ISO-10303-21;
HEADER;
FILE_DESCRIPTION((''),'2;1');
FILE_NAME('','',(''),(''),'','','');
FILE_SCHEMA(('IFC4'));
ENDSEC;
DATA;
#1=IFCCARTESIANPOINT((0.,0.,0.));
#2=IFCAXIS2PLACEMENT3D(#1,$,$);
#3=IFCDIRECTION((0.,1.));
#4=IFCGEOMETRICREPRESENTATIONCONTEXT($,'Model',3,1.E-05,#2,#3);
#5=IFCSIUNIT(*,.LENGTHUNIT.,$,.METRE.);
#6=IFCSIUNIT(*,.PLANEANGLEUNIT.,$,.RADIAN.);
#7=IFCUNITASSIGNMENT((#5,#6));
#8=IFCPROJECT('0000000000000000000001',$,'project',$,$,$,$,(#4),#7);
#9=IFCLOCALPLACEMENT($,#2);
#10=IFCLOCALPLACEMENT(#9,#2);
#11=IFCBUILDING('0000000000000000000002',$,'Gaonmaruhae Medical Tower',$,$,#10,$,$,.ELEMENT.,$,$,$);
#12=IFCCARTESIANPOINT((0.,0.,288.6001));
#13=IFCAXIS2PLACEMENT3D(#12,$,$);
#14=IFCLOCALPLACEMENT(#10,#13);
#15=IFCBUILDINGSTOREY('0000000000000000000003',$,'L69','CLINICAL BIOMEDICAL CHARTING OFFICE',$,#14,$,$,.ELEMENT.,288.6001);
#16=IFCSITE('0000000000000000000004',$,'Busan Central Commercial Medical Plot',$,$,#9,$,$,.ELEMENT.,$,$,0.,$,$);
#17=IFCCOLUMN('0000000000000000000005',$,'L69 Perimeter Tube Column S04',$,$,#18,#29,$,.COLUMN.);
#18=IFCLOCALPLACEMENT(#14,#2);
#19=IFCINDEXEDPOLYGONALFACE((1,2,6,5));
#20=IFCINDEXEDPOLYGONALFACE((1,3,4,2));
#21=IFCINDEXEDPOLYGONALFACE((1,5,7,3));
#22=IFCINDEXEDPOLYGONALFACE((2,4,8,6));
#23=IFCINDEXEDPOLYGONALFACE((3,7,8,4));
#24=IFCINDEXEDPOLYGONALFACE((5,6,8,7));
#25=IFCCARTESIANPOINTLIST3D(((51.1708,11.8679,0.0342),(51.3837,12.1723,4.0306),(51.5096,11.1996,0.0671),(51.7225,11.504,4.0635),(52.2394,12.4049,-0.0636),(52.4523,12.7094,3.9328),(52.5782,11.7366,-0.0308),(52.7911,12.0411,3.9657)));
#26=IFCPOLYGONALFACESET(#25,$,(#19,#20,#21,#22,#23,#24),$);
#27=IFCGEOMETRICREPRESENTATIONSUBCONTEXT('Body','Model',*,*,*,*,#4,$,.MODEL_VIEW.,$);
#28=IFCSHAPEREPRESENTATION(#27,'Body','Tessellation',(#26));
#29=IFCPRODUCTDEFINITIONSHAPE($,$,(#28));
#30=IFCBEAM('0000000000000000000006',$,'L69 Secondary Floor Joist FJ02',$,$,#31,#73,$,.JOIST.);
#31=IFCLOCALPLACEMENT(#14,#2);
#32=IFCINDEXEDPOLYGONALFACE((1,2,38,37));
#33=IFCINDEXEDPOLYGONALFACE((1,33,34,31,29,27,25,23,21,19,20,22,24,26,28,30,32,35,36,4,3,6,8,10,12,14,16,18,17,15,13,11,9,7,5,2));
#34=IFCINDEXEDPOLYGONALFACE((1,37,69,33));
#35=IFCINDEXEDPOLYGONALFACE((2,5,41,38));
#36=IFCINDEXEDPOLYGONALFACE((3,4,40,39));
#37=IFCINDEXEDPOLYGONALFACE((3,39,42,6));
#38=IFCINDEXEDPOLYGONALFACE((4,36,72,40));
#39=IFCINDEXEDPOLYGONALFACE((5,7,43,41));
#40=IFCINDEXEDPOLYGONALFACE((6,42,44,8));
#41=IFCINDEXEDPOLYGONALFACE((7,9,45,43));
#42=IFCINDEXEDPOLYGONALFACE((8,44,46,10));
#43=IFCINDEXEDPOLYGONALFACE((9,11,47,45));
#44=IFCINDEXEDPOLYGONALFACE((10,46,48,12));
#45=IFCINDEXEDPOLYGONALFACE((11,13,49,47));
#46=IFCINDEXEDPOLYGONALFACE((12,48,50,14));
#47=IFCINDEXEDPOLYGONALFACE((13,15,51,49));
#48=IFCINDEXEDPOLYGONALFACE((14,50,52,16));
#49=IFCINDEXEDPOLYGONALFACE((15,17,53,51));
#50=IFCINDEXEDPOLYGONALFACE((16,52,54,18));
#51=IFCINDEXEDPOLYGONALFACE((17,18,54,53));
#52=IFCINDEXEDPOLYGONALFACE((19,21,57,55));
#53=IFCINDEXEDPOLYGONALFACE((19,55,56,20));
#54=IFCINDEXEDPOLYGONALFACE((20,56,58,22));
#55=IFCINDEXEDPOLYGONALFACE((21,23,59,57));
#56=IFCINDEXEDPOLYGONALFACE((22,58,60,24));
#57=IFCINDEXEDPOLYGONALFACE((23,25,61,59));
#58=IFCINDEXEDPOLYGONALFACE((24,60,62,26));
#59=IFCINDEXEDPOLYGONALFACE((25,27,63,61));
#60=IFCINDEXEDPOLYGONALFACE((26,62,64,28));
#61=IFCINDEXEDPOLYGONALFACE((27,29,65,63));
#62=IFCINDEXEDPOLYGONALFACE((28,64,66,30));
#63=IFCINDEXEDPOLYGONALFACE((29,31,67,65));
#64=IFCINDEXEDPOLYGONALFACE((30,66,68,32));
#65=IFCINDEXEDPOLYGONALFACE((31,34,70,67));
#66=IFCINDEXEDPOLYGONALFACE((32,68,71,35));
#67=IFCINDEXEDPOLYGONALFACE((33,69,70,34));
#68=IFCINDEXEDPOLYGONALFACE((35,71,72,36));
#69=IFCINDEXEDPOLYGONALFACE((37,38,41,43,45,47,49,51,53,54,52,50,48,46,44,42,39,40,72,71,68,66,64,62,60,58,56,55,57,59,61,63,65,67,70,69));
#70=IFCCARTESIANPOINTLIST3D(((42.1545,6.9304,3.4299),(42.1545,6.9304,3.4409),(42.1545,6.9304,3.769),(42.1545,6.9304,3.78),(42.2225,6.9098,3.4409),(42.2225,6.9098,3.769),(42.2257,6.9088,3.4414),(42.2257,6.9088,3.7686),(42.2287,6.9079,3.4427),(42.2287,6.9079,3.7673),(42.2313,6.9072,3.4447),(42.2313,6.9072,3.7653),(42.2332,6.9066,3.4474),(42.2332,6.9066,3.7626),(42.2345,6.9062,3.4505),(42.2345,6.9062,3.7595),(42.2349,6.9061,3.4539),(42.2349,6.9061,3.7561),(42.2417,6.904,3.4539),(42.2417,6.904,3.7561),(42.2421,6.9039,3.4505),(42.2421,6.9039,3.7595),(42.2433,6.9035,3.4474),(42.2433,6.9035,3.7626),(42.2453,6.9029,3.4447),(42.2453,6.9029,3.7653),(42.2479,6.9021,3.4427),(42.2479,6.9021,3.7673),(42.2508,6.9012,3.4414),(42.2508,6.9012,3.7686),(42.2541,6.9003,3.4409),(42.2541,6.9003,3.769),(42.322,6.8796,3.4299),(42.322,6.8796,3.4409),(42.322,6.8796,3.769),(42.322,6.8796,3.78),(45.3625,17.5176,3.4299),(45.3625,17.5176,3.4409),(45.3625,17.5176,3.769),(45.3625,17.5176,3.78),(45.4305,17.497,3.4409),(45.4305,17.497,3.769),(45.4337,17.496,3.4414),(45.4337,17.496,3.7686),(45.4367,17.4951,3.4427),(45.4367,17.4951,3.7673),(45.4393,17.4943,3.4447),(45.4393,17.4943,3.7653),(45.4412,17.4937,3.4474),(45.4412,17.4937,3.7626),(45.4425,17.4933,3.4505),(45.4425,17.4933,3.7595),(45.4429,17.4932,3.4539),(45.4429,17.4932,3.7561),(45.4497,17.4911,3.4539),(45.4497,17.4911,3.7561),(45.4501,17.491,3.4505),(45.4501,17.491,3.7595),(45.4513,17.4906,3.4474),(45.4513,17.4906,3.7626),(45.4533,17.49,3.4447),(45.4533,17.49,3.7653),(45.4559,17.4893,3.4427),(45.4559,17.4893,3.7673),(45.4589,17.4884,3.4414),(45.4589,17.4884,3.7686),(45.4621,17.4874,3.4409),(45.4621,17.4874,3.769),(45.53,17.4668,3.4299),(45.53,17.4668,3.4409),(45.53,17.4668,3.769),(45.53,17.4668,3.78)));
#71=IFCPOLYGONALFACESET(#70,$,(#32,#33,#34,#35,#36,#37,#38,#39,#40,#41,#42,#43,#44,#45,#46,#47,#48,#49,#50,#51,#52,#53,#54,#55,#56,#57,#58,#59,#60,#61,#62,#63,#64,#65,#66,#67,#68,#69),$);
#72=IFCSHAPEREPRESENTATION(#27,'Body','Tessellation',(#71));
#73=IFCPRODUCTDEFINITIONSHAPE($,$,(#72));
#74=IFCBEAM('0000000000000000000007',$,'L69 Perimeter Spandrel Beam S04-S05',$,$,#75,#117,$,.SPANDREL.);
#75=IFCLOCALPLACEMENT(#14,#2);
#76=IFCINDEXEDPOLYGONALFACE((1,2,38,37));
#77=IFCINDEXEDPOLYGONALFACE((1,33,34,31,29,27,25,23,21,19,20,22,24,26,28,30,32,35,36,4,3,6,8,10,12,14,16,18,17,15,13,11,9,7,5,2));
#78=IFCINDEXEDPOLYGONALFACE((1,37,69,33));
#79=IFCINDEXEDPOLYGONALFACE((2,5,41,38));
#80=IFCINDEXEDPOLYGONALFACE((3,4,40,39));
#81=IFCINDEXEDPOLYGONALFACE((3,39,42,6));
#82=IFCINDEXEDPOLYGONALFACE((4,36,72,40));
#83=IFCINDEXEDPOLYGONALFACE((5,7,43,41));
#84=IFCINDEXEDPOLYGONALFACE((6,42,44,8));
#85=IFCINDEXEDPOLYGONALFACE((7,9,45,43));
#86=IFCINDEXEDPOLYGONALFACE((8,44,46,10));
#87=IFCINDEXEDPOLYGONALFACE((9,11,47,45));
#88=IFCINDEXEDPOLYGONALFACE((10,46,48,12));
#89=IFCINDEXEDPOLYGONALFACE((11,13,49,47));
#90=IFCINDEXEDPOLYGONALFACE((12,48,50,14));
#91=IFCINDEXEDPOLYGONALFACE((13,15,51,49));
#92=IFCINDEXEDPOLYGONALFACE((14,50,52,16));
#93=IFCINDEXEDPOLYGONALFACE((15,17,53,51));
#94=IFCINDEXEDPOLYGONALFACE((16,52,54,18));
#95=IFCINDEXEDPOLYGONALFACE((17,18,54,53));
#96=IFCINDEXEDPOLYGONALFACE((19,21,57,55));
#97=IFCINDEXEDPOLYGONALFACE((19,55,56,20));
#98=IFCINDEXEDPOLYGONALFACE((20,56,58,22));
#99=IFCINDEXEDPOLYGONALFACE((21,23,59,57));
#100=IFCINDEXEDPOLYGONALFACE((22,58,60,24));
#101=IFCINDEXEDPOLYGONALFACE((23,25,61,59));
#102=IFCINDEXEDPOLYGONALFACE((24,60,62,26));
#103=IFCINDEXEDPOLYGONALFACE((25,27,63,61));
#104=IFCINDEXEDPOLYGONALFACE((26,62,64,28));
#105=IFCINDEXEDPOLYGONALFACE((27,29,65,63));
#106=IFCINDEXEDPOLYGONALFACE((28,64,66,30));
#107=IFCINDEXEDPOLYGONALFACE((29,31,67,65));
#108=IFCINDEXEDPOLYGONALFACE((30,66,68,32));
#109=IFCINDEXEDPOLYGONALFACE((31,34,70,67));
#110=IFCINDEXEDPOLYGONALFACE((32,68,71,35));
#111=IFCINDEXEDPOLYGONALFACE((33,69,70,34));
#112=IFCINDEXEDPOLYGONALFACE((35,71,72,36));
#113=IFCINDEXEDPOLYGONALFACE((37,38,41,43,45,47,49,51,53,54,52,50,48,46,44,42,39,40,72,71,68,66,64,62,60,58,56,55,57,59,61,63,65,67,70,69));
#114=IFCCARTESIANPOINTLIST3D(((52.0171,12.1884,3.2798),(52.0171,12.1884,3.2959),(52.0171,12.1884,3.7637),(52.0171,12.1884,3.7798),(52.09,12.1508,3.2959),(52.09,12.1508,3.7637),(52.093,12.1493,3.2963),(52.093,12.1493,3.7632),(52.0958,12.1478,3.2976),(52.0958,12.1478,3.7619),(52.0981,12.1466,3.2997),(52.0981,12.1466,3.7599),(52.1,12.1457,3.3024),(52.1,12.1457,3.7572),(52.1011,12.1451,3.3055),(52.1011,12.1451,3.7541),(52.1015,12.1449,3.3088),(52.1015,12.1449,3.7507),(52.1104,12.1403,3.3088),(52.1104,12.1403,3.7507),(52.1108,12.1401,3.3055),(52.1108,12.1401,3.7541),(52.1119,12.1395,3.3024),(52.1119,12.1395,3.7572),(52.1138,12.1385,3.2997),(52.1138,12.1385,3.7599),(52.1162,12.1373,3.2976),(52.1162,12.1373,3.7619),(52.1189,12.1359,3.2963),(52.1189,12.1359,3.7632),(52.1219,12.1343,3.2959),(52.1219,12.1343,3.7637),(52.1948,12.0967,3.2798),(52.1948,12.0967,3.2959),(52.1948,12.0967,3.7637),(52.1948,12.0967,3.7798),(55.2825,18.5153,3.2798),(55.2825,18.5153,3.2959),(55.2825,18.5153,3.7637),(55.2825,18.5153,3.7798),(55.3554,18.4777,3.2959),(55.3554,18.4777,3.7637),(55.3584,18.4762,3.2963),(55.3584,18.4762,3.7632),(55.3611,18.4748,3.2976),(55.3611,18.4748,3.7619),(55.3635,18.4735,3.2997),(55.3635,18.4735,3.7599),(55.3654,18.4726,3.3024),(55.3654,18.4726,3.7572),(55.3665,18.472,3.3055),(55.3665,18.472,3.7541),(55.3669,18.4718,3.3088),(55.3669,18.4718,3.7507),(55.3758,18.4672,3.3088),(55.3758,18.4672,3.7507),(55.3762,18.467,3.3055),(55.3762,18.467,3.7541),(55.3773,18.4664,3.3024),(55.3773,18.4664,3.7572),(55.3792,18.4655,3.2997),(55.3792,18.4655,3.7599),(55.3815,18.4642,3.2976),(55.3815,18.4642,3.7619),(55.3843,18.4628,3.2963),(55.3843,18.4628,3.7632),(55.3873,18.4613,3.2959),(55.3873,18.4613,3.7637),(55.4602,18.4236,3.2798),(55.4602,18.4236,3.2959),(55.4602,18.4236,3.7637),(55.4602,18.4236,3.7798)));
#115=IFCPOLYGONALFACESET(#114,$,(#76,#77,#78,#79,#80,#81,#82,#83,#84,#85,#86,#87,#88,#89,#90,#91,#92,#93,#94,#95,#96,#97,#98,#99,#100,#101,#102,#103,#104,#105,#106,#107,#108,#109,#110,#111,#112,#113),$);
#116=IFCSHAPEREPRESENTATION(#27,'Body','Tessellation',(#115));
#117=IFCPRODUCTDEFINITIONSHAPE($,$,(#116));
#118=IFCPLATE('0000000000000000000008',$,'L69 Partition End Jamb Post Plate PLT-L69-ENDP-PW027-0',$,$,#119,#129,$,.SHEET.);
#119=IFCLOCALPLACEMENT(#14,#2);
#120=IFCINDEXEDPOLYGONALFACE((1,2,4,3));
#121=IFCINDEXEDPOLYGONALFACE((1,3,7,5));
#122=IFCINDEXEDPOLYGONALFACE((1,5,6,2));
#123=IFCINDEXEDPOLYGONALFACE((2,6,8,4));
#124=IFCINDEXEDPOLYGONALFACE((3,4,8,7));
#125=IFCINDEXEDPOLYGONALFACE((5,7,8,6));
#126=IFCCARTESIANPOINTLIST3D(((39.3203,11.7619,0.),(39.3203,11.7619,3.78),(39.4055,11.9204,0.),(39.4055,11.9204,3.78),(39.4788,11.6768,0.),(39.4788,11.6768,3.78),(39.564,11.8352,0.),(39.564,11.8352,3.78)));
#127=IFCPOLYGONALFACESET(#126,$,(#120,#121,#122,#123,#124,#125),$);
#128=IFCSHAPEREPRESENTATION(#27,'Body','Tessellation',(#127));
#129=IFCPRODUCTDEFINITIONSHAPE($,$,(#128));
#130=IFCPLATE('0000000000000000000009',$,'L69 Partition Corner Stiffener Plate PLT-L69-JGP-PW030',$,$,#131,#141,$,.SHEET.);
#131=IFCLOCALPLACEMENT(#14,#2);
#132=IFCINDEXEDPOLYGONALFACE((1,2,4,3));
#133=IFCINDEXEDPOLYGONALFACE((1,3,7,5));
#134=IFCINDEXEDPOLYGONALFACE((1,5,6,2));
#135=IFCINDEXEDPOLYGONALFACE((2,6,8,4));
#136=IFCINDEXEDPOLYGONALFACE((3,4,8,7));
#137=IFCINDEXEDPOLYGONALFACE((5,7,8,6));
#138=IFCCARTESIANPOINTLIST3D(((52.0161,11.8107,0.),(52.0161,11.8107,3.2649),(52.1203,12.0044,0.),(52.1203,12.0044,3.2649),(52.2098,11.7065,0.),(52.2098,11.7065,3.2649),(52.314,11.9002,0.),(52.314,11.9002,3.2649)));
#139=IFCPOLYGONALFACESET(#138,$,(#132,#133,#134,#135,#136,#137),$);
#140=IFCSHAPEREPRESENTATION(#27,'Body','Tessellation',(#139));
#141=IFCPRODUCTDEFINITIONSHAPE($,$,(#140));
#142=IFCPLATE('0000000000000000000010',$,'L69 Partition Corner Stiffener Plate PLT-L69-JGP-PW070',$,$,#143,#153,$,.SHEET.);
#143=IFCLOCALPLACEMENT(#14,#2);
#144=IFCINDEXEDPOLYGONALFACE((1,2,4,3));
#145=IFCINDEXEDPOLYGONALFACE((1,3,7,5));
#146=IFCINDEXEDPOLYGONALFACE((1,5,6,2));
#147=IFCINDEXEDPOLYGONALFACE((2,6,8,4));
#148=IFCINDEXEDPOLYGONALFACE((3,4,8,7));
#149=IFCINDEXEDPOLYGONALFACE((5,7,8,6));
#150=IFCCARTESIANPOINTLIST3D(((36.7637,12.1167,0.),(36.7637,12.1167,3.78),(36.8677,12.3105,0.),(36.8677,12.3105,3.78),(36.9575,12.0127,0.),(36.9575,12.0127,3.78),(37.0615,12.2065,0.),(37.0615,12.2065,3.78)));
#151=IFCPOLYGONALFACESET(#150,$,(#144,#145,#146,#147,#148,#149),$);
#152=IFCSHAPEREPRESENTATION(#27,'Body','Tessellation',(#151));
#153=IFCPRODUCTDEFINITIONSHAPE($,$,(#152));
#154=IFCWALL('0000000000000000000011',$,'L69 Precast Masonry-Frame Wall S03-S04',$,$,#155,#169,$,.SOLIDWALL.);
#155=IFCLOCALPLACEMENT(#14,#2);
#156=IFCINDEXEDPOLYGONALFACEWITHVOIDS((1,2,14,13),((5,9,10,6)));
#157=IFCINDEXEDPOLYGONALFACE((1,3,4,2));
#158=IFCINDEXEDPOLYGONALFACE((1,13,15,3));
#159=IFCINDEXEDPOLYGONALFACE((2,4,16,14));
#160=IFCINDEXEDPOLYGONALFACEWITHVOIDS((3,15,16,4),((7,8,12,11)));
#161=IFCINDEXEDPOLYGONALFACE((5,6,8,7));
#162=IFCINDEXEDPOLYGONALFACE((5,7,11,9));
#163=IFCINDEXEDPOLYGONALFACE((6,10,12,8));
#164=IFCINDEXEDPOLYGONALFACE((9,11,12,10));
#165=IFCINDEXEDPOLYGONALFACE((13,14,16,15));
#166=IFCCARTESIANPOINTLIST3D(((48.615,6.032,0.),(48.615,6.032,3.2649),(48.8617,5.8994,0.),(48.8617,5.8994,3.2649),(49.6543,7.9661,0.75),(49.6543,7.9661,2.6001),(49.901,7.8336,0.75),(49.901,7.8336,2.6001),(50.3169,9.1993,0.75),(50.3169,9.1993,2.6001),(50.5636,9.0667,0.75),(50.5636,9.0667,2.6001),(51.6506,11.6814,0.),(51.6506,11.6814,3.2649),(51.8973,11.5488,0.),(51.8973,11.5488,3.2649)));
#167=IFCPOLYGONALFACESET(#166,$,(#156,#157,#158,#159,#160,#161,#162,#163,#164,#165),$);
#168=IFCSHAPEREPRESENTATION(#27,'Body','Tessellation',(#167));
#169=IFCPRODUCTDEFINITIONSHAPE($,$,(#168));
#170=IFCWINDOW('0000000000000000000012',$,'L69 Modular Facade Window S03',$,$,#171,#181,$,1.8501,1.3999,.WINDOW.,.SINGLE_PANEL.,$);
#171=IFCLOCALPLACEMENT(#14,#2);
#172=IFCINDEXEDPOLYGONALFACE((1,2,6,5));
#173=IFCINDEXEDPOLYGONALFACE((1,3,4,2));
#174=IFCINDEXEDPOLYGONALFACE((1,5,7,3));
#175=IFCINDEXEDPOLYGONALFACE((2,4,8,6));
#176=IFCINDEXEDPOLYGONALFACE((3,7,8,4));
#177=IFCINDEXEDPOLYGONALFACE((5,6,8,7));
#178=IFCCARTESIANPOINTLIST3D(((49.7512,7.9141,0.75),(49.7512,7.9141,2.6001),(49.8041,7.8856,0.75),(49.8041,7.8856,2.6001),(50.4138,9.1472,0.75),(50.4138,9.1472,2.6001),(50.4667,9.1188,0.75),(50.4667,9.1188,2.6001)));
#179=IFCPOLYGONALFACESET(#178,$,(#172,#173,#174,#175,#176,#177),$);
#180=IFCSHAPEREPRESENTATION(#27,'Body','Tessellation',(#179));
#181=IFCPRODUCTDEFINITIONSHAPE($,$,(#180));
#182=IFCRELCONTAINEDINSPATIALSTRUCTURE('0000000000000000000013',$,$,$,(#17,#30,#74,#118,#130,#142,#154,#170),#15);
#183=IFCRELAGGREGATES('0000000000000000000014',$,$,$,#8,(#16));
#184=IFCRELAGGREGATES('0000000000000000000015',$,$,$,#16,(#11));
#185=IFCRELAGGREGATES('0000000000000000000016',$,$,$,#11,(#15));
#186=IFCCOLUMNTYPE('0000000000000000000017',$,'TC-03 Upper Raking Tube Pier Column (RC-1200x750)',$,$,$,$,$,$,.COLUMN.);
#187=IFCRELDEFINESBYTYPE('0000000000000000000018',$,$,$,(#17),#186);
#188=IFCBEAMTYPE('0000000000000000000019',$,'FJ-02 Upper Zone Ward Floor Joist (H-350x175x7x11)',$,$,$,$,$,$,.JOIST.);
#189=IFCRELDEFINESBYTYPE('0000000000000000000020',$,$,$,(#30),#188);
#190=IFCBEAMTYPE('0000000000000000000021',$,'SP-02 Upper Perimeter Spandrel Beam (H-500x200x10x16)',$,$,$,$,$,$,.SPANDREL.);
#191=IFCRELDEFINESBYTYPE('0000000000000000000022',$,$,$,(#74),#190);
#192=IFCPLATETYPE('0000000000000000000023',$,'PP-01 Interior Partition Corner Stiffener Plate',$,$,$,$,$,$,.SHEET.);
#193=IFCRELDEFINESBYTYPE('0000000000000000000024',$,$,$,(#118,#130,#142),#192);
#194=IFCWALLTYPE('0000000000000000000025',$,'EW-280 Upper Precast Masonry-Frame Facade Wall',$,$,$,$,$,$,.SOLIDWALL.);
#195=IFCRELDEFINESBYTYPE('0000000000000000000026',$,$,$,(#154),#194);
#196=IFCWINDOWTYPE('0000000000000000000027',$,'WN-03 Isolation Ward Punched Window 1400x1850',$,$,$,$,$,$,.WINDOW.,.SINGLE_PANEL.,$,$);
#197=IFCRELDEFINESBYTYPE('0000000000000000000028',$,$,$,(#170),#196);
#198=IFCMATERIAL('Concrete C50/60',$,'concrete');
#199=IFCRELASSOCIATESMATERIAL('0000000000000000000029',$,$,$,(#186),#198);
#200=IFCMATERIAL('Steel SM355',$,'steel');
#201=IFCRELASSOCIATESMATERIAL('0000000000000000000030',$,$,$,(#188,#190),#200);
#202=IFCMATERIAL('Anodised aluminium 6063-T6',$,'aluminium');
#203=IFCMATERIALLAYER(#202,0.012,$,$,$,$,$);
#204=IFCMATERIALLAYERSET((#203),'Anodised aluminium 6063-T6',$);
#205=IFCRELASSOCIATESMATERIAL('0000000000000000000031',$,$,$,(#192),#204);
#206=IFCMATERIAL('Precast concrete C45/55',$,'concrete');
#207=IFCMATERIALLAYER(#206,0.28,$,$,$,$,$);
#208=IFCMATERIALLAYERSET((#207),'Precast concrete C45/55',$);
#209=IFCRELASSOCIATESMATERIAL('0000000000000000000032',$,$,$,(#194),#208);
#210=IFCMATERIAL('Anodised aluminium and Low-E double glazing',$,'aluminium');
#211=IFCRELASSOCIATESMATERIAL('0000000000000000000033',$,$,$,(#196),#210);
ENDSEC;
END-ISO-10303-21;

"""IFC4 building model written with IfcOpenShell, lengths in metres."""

from ifc_helpers import new_model, si_unit, direction, frame, frame_2d, origin, origin_2d, place, context, subcontext, project, spatial, rectangle, i_section, extrude, material, layer, layer_set, material_profile, profile_set, type_object, element, fill, save


model = new_model("IFC4")

# Units and contexts
model_context = context("Model", 3, precision=1e-05, world=origin(), true_north=direction((0.0, 1.0)))
body_context = subcontext(model_context, "Body", "Model", "MODEL_VIEW")
ifc_project = project(units=[si_unit("LENGTHUNIT", "METRE"), si_unit("PLANEANGLEUNIT", "RADIAN")], contexts=[model_context])

# Site, building, storey
site_placement = place(None, origin())
site = spatial("IfcSite", under=ifc_project, at=site_placement, Name="Busan Central Commercial Medical Plot", CompositionType="ELEMENT", RefElevation=0.0)
building_placement = place(site_placement, origin())
building = spatial("IfcBuilding", under=site, at=building_placement, Name="Gaonmaruhae Medical Tower", CompositionType="ELEMENT")
storey_placement = place(building_placement, frame((0.0, 0.0, 288.6001)))
storey = spatial("IfcBuildingStorey", under=building, at=storey_placement, Name="L69", Description="CLINICAL BIOMEDICAL CHARTING OFFICE", CompositionType="ELEMENT", Elevation=288.6001)

# Column
ifc_material_1 = material(Name="Concrete C50/60", Category="concrete")
ifc_material_profile_1 = material_profile(ifc_material_1, rectangle(XDim=1.2, YDim=0.75, at=origin_2d()), Name="RC-1200x750")
ifc_profile_set_1 = profile_set([ifc_material_profile_1], Name="Concrete C50/60")
column_type = type_object("IfcColumnType", Name="TC-03 Upper Raking Tube Pier Column (RC-1200x750)", PredefinedType="COLUMN", material=ifc_profile_set_1)
column_placement = place(storey_placement, frame((51.8745, 11.8022, 0.0017), z_axis=(0.053043, 0.075854, 0.995707), x_axis=(-0.890531, -0.447556, 0.081535)))
element("IfcColumn", 1, at=column_placement, inside=storey, type_object=column_type, Name="L69 Perimeter Tube Column S04", PredefinedType="COLUMN", context=body_context, shape_type="SweptSolid", body=[
    extrude(rectangle(XDim=1.2, YDim=0.75, at=origin_2d()), origin(), (0.0, 0.0, 1.0), 4.0137),
])

# Beams
ifc_material_2 = material(Name="Steel SM355", Category="steel")
ifc_material_profile_2 = material_profile(ifc_material_2, i_section(OverallWidth=0.175, OverallDepth=0.3501, WebThickness=0.0071, FlangeThickness=0.011, FilletRadius=0.0129, at=origin_2d()), Name="H-350x175x7x11")
ifc_profile_set_2 = profile_set([ifc_material_profile_2], Name="Steel SM355")
beam_type_1 = type_object("IfcBeamType", Name="FJ-02 Upper Zone Ward Floor Joist (H-350x175x7x11)", PredefinedType="JOIST", material=ifc_profile_set_2)
beam_1_placement = place(storey_placement, frame((42.2383, 6.905, 3.605), z_axis=(0.289989, 0.95703, 0.0), x_axis=(-0.95703, 0.289989, 0.0)))
element("IfcBeam", 2, at=beam_1_placement, inside=storey, type_object=beam_type_1, Name="L69 Secondary Floor Joist FJ02", PredefinedType="JOIST", context=body_context, shape_type="SweptSolid", body=[
    extrude(i_section(OverallWidth=0.175, OverallDepth=0.3501, WebThickness=0.0071, FlangeThickness=0.011, FilletRadius=0.0129, at=origin_2d()), origin(), (0.0, 0.0, 1.0), 11.0625),
])
ifc_material_profile_3 = material_profile(ifc_material_2, i_section(OverallWidth=0.2, OverallDepth=0.5, WebThickness=0.01, FlangeThickness=0.0161, FilletRadius=0.0129, at=origin_2d()), Name="H-500x200x10x16")
ifc_profile_set_3 = profile_set([ifc_material_profile_3], Name="Steel SM355")
beam_type_2 = type_object("IfcBeamType", Name="SP-02 Upper Perimeter Spandrel Beam (H-500x200x10x16)", PredefinedType="SPANDREL", material=ifc_profile_set_3)
beam_2_placement = place(storey_placement, frame((52.106, 12.1426, 3.5298), z_axis=(0.45863, 0.888627, 0.0), x_axis=(-0.888627, 0.45863, 0.0)))
element("IfcBeam", 3, at=beam_2_placement, inside=storey, type_object=beam_type_2, Name="L69 Perimeter Spandrel Beam S04-S05", PredefinedType="SPANDREL", context=body_context, shape_type="SweptSolid", body=[
    extrude(i_section(OverallWidth=0.2, OverallDepth=0.5, WebThickness=0.01, FlangeThickness=0.0161, FilletRadius=0.0129, at=origin_2d()), origin(), (0.0, 0.0, 1.0), 7.1199),
])

# Plates
ifc_material_3 = material(Name="Anodised aluminium 6063-T6", Category="aluminium")
ifc_layer_1 = layer(ifc_material_3, 0.012)
ifc_layer_set_1 = layer_set([ifc_layer_1], Name="Anodised aluminium 6063-T6")
plate_type = type_object("IfcPlateType", Name="PP-01 Interior Partition Corner Stiffener Plate", PredefinedType="SHEET", material=ifc_layer_set_1)
plate_1_placement = place(storey_placement, frame((39.4421, 11.7986, 0.0), z_axis=(0.0, 0.0, 1.0), x_axis=(0.473335, 0.880882, 0.0)))
element("IfcPlate", 4, at=plate_1_placement, inside=storey, type_object=plate_type, Name="L69 Partition End Jamb Post Plate PLT-L69-ENDP-PW027-0", PredefinedType="SHEET", context=body_context, shape_type="SweptSolid", body=[
    extrude(rectangle(XDim=0.1799, YDim=0.1799, at=origin_2d()), origin(), (0.0, 0.0, 1.0), 3.78),
])
plate_2_placement = place(storey_placement, frame((52.165, 11.8555, 0.0), z_axis=(0.0, 0.0, 1.0), x_axis=(-0.473719, -0.880676, 0.0)))
element("IfcPlate", 5, at=plate_2_placement, inside=storey, type_object=plate_type, Name="L69 Partition Corner Stiffener Plate PLT-L69-JGP-PW030", PredefinedType="SHEET", context=body_context, shape_type="SweptSolid", body=[
    extrude(rectangle(XDim=0.22, YDim=0.22, at=origin_2d()), origin(), (0.0, 0.0, 1.0), 3.2649),
])
plate_3_placement = place(storey_placement, frame((36.9126, 12.1616, 0.0), z_axis=(0.0, 0.0, 1.0), x_axis=(-0.472905, -0.881114, 0.0)))
element("IfcPlate", 6, at=plate_3_placement, inside=storey, type_object=plate_type, Name="L69 Partition Corner Stiffener Plate PLT-L69-JGP-PW070", PredefinedType="SHEET", context=body_context, shape_type="SweptSolid", body=[
    extrude(rectangle(XDim=0.22, YDim=0.22, at=origin_2d()), origin(), (0.0, 0.0, 1.0), 3.78),
])

# Wall, opening, window
ifc_material_4 = material(Name="Precast concrete C45/55", Category="concrete")
ifc_layer_2 = layer(ifc_material_4, 0.28)
ifc_layer_set_2 = layer_set([ifc_layer_2], Name="Precast concrete C45/55")
wall_type_1 = type_object("IfcWallType", Name="EW-280 Upper Precast Masonry-Frame Facade Wall", PredefinedType="SOLIDWALL", material=ifc_layer_set_2)
wall_1_placement = place(storey_placement, frame((51.7739, 11.615, 0.0), z_axis=(0.0, 0.0, 1.0), x_axis=(-0.473332, -0.880884, 0.0)))
wall_1 = element("IfcWall", 7, at=wall_1_placement, inside=storey, type_object=wall_type_1, Name="L69 Precast Masonry-Frame Wall S03-S04", PredefinedType="SOLIDWALL", context=body_context, shape_type="SweptSolid", body=[
    extrude(rectangle(XDim=6.4133, YDim=0.28, at=frame_2d((3.2065, 0.0))), origin(), (0.0, 0.0, 1.0), 3.2649),
])
opening_1_placement = place(wall_1_placement, frame((2.8176, 0.0, 0.75)))
opening_1 = element("IfcOpeningElement", 8, at=opening_1_placement, cuts=wall_1, PredefinedType="OPENING", context=body_context, shape_type="SweptSolid", body=[
    extrude(rectangle(XDim=1.3999, YDim=1.8501, at=frame_2d((0.7, 0.925))), frame((0.0, 0.1499, 0.0), z_axis=(0.0, -1.0, 0.0), x_axis=(1.0, 0.0, 0.0)), (0.0, 0.0, 1.0), 0.3),
])
ifc_material_5 = material(Name="Anodised aluminium and Low-E double glazing", Category="aluminium")
window_type = type_object("IfcWindowType", Name="WN-03 Isolation Ward Punched Window 1400x1850", PartitioningType="SINGLE_PANEL", PredefinedType="WINDOW", material=ifc_material_5)
window_placement = place(opening_1_placement, origin())
window = element("IfcWindow", 9, at=window_placement, inside=storey, type_object=window_type, Name="L69 Modular Facade Window S03", OverallHeight=1.8501, OverallWidth=1.3999, PartitioningType="SINGLE_PANEL", PredefinedType="WINDOW", context=body_context, shape_type="SweptSolid", body=[
    extrude(rectangle(XDim=1.3999, YDim=1.8501, at=frame_2d((0.7, 0.925))), frame((0.0, 0.03, 0.0), z_axis=(0.0, -1.0, 0.0), x_axis=(1.0, 0.0, 0.0)), (0.0, 0.0, 1.0), 0.0601),
])
fill(opening_1, window)

save(model, "model.ifc")
